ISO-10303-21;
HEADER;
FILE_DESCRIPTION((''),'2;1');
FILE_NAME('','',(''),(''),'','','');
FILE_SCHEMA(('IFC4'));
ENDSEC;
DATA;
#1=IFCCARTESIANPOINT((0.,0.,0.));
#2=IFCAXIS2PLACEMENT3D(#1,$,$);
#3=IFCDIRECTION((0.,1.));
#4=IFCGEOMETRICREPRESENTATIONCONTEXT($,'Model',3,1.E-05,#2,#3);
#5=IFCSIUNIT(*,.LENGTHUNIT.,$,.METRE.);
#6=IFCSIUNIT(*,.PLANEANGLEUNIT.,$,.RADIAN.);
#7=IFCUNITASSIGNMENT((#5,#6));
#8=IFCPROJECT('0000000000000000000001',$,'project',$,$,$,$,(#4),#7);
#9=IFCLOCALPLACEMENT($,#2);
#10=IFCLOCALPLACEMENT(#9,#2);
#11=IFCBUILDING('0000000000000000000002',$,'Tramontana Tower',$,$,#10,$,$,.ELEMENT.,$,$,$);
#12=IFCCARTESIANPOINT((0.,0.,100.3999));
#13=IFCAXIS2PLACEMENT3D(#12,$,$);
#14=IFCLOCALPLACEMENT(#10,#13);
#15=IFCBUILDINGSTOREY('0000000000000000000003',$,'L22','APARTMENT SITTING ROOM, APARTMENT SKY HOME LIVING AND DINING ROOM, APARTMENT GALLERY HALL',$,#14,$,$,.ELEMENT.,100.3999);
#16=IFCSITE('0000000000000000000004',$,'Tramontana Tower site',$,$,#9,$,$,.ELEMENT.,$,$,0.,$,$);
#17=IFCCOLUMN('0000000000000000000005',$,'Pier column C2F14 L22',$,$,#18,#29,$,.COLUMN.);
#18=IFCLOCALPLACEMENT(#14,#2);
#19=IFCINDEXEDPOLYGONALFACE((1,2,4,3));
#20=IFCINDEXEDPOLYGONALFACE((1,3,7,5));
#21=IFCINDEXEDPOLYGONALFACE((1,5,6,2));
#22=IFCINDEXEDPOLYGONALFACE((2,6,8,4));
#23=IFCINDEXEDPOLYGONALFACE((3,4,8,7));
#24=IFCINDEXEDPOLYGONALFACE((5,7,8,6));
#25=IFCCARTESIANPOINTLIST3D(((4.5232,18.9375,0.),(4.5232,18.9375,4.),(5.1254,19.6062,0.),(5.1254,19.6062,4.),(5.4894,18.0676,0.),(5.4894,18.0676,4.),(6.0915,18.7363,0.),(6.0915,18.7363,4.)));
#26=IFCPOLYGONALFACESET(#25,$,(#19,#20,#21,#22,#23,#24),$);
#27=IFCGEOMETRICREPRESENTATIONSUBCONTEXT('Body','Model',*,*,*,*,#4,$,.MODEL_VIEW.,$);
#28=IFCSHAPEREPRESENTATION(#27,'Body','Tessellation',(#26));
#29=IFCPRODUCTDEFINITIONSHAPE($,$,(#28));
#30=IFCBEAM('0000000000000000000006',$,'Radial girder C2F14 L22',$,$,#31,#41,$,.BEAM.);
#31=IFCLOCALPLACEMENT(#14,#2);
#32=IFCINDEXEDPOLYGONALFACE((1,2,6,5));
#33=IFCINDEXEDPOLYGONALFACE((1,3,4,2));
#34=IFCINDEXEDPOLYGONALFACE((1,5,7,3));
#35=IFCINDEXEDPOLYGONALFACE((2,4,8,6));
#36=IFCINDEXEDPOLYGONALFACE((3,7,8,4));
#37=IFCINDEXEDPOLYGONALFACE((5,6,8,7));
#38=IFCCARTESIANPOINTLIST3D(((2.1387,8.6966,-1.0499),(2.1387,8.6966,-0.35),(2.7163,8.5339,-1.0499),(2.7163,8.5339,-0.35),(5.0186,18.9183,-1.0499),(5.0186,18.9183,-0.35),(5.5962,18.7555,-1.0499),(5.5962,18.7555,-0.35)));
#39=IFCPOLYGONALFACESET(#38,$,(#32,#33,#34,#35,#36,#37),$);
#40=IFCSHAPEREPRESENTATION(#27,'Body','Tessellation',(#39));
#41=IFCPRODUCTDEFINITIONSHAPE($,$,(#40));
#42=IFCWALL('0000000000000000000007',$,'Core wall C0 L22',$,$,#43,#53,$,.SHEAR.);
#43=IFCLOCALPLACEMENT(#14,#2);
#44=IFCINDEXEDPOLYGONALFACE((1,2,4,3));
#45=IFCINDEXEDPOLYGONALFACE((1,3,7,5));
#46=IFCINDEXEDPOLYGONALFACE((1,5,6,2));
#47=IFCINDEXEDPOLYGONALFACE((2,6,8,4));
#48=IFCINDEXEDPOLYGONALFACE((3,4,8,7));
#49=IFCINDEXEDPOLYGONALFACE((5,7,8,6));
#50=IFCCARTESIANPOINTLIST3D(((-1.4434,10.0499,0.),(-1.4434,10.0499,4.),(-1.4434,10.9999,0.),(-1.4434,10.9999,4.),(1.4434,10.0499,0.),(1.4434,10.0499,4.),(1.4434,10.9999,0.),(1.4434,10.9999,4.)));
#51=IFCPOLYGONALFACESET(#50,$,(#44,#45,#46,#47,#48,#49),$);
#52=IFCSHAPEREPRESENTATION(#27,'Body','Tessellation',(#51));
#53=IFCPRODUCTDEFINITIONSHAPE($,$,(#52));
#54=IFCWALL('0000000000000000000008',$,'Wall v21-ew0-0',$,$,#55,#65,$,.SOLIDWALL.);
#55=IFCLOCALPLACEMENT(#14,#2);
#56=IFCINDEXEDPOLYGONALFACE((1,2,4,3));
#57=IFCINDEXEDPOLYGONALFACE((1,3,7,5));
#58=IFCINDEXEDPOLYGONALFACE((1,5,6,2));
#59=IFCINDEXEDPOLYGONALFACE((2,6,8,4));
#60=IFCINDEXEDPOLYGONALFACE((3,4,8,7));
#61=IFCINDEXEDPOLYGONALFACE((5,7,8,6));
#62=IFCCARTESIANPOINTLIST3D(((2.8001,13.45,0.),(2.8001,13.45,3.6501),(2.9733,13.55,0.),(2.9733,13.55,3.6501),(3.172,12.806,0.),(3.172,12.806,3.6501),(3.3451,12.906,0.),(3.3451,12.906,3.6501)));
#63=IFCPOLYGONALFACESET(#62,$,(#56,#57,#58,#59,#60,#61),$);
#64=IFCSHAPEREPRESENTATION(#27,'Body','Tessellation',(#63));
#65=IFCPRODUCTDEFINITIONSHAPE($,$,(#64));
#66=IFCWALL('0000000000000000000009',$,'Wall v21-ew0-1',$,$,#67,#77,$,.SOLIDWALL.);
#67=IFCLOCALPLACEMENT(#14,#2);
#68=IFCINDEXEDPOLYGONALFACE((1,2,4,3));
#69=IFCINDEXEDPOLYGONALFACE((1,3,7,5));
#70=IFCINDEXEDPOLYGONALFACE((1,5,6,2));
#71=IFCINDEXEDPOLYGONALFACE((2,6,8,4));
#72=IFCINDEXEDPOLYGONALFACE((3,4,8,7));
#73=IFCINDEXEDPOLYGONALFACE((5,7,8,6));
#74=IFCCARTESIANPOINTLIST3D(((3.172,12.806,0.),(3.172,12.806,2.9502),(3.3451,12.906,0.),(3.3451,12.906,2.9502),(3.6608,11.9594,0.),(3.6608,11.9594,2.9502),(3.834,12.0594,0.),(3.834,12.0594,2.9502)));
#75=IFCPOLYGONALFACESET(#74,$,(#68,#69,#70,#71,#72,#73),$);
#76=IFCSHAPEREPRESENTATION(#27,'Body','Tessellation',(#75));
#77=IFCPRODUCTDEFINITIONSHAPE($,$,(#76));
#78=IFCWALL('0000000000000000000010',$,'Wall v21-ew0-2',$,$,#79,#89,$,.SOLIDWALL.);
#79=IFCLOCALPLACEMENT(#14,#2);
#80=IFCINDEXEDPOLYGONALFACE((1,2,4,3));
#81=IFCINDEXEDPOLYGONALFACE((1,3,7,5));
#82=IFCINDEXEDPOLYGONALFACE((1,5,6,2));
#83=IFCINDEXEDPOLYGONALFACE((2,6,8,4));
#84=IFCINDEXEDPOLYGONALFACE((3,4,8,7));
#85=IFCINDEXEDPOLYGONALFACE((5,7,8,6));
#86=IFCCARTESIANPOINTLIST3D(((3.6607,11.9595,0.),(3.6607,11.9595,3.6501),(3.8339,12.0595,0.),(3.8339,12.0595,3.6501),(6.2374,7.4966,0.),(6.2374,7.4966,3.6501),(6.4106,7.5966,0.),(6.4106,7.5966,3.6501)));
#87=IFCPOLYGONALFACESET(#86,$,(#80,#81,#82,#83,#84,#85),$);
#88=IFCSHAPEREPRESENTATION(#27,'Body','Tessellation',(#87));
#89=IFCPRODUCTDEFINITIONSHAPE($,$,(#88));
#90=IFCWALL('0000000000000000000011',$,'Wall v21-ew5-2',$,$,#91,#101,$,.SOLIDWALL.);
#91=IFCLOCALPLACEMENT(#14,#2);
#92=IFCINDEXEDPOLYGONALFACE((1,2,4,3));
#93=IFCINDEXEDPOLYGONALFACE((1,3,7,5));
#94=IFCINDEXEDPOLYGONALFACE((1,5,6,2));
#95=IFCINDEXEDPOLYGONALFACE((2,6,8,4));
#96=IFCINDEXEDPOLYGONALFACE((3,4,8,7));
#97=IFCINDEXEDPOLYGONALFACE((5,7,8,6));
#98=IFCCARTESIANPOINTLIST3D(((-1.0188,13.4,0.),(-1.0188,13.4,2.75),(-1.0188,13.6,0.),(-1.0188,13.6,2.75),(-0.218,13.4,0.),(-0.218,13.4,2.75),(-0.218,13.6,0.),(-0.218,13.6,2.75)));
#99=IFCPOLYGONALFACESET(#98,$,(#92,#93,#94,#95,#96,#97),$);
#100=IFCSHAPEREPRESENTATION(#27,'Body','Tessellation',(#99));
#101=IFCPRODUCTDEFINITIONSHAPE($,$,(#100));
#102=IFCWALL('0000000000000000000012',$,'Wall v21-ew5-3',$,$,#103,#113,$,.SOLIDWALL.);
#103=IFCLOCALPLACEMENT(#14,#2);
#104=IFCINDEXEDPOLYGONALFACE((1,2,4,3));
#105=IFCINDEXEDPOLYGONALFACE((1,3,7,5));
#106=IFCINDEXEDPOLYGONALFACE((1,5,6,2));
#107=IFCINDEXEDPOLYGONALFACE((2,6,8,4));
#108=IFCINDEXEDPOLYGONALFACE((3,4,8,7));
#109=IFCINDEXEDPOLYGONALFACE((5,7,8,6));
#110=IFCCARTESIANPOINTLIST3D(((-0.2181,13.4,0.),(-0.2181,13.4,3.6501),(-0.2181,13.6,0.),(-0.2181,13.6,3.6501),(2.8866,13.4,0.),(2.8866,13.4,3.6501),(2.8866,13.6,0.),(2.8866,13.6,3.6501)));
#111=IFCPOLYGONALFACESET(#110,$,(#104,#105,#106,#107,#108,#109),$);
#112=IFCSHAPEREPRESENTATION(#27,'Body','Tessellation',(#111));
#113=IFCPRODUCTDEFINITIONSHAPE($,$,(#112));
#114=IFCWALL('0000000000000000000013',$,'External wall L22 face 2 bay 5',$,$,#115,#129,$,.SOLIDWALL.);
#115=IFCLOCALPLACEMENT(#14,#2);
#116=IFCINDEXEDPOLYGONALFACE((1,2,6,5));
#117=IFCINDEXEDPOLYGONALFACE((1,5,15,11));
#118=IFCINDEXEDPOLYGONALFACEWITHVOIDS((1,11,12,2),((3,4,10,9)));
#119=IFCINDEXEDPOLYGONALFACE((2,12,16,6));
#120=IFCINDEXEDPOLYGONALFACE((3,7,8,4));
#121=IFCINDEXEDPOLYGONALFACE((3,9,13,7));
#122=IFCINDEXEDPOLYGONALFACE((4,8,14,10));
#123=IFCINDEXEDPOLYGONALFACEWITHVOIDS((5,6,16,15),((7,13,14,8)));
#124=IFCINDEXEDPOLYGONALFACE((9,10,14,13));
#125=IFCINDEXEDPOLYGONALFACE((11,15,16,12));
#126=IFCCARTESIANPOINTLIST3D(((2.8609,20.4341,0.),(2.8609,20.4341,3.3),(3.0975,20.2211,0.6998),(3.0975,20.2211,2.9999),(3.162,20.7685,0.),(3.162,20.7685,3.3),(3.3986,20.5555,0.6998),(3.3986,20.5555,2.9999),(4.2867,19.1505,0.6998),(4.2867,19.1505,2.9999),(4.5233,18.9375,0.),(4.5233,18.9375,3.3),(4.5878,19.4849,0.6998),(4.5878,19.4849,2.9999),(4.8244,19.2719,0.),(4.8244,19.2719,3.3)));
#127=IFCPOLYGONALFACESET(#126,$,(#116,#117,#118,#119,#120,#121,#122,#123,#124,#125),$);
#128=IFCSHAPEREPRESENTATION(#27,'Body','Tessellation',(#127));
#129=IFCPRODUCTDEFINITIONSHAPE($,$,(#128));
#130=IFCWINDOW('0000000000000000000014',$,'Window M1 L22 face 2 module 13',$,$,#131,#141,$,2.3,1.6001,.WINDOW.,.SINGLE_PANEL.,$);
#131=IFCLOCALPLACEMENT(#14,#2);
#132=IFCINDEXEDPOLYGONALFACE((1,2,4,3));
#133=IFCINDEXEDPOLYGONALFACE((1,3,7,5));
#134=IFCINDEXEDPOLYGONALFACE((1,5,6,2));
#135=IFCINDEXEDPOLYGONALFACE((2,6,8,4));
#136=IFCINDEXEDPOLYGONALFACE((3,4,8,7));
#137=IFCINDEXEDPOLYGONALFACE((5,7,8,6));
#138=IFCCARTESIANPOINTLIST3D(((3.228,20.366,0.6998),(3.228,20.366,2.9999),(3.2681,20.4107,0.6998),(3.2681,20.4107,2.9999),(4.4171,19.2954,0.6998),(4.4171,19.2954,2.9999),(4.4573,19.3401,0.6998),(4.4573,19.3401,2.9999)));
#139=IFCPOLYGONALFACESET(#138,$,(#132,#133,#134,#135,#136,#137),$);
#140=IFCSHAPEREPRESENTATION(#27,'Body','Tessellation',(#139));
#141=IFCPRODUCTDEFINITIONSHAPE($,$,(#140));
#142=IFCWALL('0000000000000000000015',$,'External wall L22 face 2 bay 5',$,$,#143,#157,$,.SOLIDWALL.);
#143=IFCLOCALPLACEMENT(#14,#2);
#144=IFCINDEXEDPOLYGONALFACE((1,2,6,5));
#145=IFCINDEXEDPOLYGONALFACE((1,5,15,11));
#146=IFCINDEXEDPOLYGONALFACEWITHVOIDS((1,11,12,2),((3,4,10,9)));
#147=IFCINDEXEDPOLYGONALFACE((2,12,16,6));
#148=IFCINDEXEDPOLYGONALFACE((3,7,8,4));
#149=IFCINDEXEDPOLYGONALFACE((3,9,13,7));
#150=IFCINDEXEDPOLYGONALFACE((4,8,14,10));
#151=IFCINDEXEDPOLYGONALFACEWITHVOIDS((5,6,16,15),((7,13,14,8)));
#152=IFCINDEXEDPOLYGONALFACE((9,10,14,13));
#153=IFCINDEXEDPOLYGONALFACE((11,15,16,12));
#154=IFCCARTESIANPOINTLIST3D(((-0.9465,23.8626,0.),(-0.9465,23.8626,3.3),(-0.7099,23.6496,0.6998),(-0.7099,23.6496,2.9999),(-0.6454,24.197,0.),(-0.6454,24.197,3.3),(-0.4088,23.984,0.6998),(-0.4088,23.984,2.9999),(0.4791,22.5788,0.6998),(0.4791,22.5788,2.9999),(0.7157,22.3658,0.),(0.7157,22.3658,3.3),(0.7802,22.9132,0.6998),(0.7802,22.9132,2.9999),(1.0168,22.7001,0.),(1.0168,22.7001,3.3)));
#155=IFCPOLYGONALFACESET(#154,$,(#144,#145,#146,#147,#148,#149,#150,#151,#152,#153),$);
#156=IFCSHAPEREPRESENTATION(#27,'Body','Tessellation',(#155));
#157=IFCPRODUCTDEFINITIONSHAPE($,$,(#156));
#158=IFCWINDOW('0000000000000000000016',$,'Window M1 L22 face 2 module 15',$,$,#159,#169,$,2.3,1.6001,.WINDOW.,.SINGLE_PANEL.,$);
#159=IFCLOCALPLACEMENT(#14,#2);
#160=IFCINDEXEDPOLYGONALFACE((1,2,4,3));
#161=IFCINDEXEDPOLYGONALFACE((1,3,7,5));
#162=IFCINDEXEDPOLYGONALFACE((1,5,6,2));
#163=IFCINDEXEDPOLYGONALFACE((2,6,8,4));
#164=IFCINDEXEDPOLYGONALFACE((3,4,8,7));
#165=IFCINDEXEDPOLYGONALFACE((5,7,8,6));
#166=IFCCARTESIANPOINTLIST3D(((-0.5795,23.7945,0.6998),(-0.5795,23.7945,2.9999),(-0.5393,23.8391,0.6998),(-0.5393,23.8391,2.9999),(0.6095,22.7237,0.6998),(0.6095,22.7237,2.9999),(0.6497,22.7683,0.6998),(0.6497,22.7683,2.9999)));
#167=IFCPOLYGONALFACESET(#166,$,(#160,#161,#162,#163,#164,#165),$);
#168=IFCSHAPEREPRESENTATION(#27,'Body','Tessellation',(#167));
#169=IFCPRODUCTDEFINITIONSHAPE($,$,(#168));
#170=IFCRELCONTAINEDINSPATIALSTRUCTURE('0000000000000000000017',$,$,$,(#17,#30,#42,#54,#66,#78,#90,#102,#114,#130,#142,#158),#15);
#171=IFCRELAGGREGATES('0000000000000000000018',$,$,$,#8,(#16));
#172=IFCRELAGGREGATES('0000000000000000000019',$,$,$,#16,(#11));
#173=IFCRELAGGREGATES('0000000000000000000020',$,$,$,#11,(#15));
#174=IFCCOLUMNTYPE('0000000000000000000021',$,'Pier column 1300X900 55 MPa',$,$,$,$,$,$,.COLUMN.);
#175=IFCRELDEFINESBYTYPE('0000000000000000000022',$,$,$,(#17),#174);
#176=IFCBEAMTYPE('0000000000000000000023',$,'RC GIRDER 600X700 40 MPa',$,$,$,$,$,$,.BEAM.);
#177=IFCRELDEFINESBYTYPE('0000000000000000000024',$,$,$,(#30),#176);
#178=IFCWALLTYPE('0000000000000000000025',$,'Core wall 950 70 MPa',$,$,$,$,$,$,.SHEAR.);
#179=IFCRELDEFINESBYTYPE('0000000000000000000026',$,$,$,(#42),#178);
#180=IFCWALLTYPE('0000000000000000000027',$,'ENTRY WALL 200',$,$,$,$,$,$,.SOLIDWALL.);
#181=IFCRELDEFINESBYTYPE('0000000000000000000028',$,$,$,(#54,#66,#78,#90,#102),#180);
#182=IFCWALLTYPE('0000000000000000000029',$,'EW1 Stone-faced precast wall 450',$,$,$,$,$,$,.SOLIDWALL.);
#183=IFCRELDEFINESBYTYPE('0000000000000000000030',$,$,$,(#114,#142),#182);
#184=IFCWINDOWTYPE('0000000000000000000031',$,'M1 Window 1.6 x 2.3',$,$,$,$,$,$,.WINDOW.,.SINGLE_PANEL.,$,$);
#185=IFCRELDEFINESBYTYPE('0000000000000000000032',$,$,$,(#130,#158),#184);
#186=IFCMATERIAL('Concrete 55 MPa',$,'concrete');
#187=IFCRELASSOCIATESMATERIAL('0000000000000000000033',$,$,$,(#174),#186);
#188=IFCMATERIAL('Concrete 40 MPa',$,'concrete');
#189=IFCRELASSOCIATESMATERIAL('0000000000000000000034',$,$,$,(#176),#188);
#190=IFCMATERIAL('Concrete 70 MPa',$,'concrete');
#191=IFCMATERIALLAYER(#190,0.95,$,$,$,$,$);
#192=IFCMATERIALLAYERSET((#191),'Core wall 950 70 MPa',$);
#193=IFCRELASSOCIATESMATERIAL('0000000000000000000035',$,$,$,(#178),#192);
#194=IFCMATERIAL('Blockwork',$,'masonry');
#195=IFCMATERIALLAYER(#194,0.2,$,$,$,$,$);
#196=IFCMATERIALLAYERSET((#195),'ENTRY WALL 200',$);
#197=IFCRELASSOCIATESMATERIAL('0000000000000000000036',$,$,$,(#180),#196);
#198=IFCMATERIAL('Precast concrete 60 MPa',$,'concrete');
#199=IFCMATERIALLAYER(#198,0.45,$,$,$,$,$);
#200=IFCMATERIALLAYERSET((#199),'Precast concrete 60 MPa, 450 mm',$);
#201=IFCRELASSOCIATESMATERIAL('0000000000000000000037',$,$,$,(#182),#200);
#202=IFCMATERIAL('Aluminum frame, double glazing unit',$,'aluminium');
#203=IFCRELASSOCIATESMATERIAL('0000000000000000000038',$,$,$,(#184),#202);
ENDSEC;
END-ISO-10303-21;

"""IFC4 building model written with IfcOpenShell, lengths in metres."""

from ifc_helpers import new_model, si_unit, direction, frame, frame_2d, origin, origin_2d, place, context, subcontext, project, spatial, rectangle, extrude, material, layer, layer_set, material_profile, profile_set, type_object, element, fill, save


model = new_model("IFC4")

# Units and contexts
model_context = context("Model", 3, precision=1e-05, world=origin(), true_north=direction((0.0, 1.0)))
body_context = subcontext(model_context, "Body", "Model", "MODEL_VIEW")
ifc_project = project(units=[si_unit("LENGTHUNIT", "METRE"), si_unit("PLANEANGLEUNIT", "RADIAN")], contexts=[model_context])

# Site, building, storey
site_placement = place(None, origin())
site = spatial("IfcSite", under=ifc_project, at=site_placement, Name="Tramontana Tower site", CompositionType="ELEMENT", RefElevation=0.0)
building_placement = place(site_placement, origin())
building = spatial("IfcBuilding", under=site, at=building_placement, Name="Tramontana Tower", CompositionType="ELEMENT")
storey_placement = place(building_placement, frame((0.0, 0.0, 100.3999)))
storey = spatial("IfcBuildingStorey", under=building, at=storey_placement, Name="L22", Description="APARTMENT SITTING ROOM, APARTMENT SKY HOME LIVING AND DINING ROOM, APARTMENT GALLERY HALL", CompositionType="ELEMENT", Elevation=100.3999)

# Column
ifc_material_1 = material(Name="Concrete 55 MPa", Category="concrete")
ifc_material_profile_1 = material_profile(ifc_material_1, rectangle(XDim=1.3, YDim=0.8999, at=origin_2d()), Name="Pier column 1300X900 55 MPa")
ifc_profile_set_1 = profile_set([ifc_material_profile_1], Name="Concrete 55 MPa")
column_type = type_object("IfcColumnType", Name="Pier column 1300X900 55 MPa", PredefinedType="COLUMN", material=ifc_profile_set_1)
column_placement = place(storey_placement, frame((5.3074, 18.8369, 0.0), z_axis=(0.0, 0.0, 1.0), x_axis=(-0.743145, 0.669131, 0.0)))
element("IfcColumn", 1, at=column_placement, inside=storey, type_object=column_type, Name="Pier column C2F14 L22", PredefinedType="COLUMN", context=body_context, shape_type="SweptSolid", body=[
    extrude(rectangle(XDim=1.3, YDim=0.8999, at=origin_2d()), origin(), (0.0, 0.0, 1.0), 4.0),
])

# Beam
ifc_material_2 = material(Name="Concrete 40 MPa", Category="concrete")
ifc_material_profile_2 = material_profile(ifc_material_2, rectangle(XDim=0.6001, YDim=0.7, at=origin_2d()), Name="RC GIRDER 600X700 40 MPa")
ifc_profile_set_2 = profile_set([ifc_material_profile_2], Name="Concrete 40 MPa")
beam_type = type_object("IfcBeamType", Name="RC GIRDER 600X700 40 MPa", PredefinedType="BEAM", material=ifc_profile_set_2)
beam_placement = place(storey_placement, frame((5.3074, 18.8369, -0.7), z_axis=(-0.271185, -0.962527, 0.0), x_axis=(0.962527, -0.271185, 0.0)))
element("IfcBeam", 2, at=beam_placement, inside=storey, type_object=beam_type, Name="Radial girder C2F14 L22", PredefinedType="BEAM", context=body_context, shape_type="SweptSolid", body=[
    extrude(rectangle(XDim=0.6001, YDim=0.7, at=origin_2d()), origin(), (0.0, 0.0, 1.0), 10.6196),
])

# Walls
ifc_material_3 = material(Name="Concrete 70 MPa", Category="concrete")
ifc_layer_1 = layer(ifc_material_3, 0.95)
ifc_layer_set_1 = layer_set([ifc_layer_1], Name="Core wall 950 70 MPa")
wall_type_1 = type_object("IfcWallType", Name="Core wall 950 70 MPa", PredefinedType="SHEAR", material=ifc_layer_set_1)
wall_1_placement = place(storey_placement, frame((1.4434, 10.5249, 0.0), z_axis=(0.0, 0.0, 1.0), x_axis=(-1.0, 0.0, 0.0)))
element("IfcWall", 3, at=wall_1_placement, inside=storey, type_object=wall_type_1, Name="Core wall C0 L22", PredefinedType="SHEAR", context=body_context, shape_type="SweptSolid", body=[
    extrude(rectangle(XDim=2.8867, YDim=0.95, at=frame_2d((1.4434, 0.0))), origin(), (0.0, 0.0, 1.0), 4.0),
])
ifc_material_4 = material(Name="Blockwork", Category="masonry")
ifc_layer_2 = layer(ifc_material_4, 0.2)
ifc_layer_set_2 = layer_set([ifc_layer_2], Name="ENTRY WALL 200")
wall_type_2 = type_object("IfcWallType", Name="ENTRY WALL 200", PredefinedType="SOLIDWALL", material=ifc_layer_set_2)
wall_2_placement = place(storey_placement, frame((2.8867, 13.5, 0.0), z_axis=(0.0, 0.0, 1.0), x_axis=(0.499988, -0.866033, 0.0)))
element("IfcWall", 4, at=wall_2_placement, inside=storey, type_object=wall_type_2, Name="Wall v21-ew0-0", PredefinedType="SOLIDWALL", context=body_context, shape_type="SweptSolid", body=[
    extrude(rectangle(XDim=0.7437, YDim=0.2, at=frame_2d((0.3718, 0.0))), origin(), (0.0, 0.0, 1.0), 3.6501),
])
wall_3_placement = place(storey_placement, frame((3.2585, 12.856, 0.0), z_axis=(0.0, 0.0, 1.0), x_axis=(0.500061, -0.86599, 0.0)))
element("IfcWall", 5, at=wall_3_placement, inside=storey, type_object=wall_type_2, Name="Wall v21-ew0-1", PredefinedType="SOLIDWALL", context=body_context, shape_type="SweptSolid", body=[
    extrude(rectangle(XDim=0.9775, YDim=0.2, at=frame_2d((0.4888, 0.0))), origin(), (0.0, 0.0, 1.0), 2.9502),
])
wall_4_placement = place(storey_placement, frame((3.7473, 12.0095, 0.0), z_axis=(0.0, 0.0, 1.0), x_axis=(0.500001, -0.866025, 0.0)))
element("IfcWall", 6, at=wall_4_placement, inside=storey, type_object=wall_type_2, Name="Wall v21-ew0-2", PredefinedType="SOLIDWALL", context=body_context, shape_type="SweptSolid", body=[
    extrude(rectangle(XDim=5.1533, YDim=0.2, at=frame_2d((2.5767, 0.0))), origin(), (0.0, 0.0, 1.0), 3.6501),
])
wall_5_placement = place(storey_placement, frame((-1.0188, 13.5, 0.0), z_axis=(0.0, 0.0, 1.0), x_axis=(1.0, 0.0, 0.0)))
element("IfcWall", 7, at=wall_5_placement, inside=storey, type_object=wall_type_2, Name="Wall v21-ew5-2", PredefinedType="SOLIDWALL", context=body_context, shape_type="SweptSolid", body=[
    extrude(rectangle(XDim=0.8008, YDim=0.2, at=frame_2d((0.4004, 0.0))), origin(), (0.0, 0.0, 1.0), 2.75),
])
wall_6_placement = place(storey_placement, frame((-0.218, 13.5, 0.0), z_axis=(0.0, 0.0, 1.0), x_axis=(1.0, 0.0, 0.0)))
element("IfcWall", 8, at=wall_6_placement, inside=storey, type_object=wall_type_2, Name="Wall v21-ew5-3", PredefinedType="SOLIDWALL", context=body_context, shape_type="SweptSolid", body=[
    extrude(rectangle(XDim=3.1047, YDim=0.2, at=frame_2d((1.5522, 0.0))), origin(), (0.0, 0.0, 1.0), 3.6501),
])

# Walls, openings, windows
ifc_material_5 = material(Name="Precast concrete 60 MPa", Category="concrete")
ifc_layer_3 = layer(ifc_material_5, 0.45)
ifc_layer_set_3 = layer_set([ifc_layer_3], Name="Precast concrete 60 MPa, 450 mm")
wall_type_3 = type_object("IfcWallType", Name="EW1 Stone-faced precast wall 450", PredefinedType="SOLIDWALL", material=ifc_layer_set_3)
wall_7_placement = place(storey_placement, frame((4.6738, 19.1047, 0.0), z_axis=(0.0, 0.0, 1.0), x_axis=(-0.743191, 0.669079, 0.0)))
wall_7 = element("IfcWall", 9, at=wall_7_placement, inside=storey, type_object=wall_type_3, Name="External wall L22 face 2 bay 5", PredefinedType="SOLIDWALL", context=body_context, shape_type="SweptSolid", body=[
    extrude(rectangle(XDim=2.2368, YDim=0.45, at=frame_2d((1.1184, 0.0))), origin(), (0.0, 0.0, 1.0), 3.3),
])
opening_1_placement = place(wall_7_placement, frame((0.3184, 0.0, 0.7)))
opening_1 = element("IfcOpeningElement", 10, at=opening_1_placement, cuts=wall_7, PredefinedType="OPENING", context=body_context, shape_type="SweptSolid", body=[
    extrude(rectangle(XDim=1.6001, YDim=2.3, at=frame_2d((0.8, 1.1499))), frame((0.0, 0.2349, 0.0), z_axis=(0.0, -1.0, 0.0), x_axis=(1.0, 0.0, 0.0)), (0.0, 0.0, 1.0), 0.47),
])
ifc_material_6 = material(Name="Aluminum frame, double glazing unit", Category="aluminium")
window_type = type_object("IfcWindowType", Name="M1 Window 1.6 x 2.3", PartitioningType="SINGLE_PANEL", PredefinedType="WINDOW", material=ifc_material_6)
window_1_placement = place(opening_1_placement, origin())
window_1 = element("IfcWindow", 11, at=window_1_placement, inside=storey, type_object=window_type, Name="Window M1 L22 face 2 module 13", OverallHeight=2.3, OverallWidth=1.6001, PartitioningType="SINGLE_PANEL", PredefinedType="WINDOW", context=body_context, shape_type="SweptSolid", body=[
    extrude(rectangle(XDim=1.6001, YDim=2.3, at=frame_2d((0.8, 1.1499))), frame((0.0, 0.03, 0.0), z_axis=(0.0, -1.0, 0.0), x_axis=(1.0, 0.0, 0.0)), (0.0, 0.0, 1.0), 0.0601),
])
fill(opening_1, window_1)
wall_8_placement = place(storey_placement, frame((0.8662, 22.533, 0.0), z_axis=(0.0, 0.0, 1.0), x_axis=(-0.743088, 0.669194, 0.0)))
wall_8 = element("IfcWall", 12, at=wall_8_placement, inside=storey, type_object=wall_type_3, Name="External wall L22 face 2 bay 5", PredefinedType="SOLIDWALL", context=body_context, shape_type="SweptSolid", body=[
    extrude(rectangle(XDim=2.2368, YDim=0.45, at=frame_2d((1.1184, 0.0))), origin(), (0.0, 0.0, 1.0), 3.3),
])
opening_2_placement = place(wall_8_placement, frame((0.3184, 0.0, 0.7)))
opening_2 = element("IfcOpeningElement", 13, at=opening_2_placement, cuts=wall_8, PredefinedType="OPENING", context=body_context, shape_type="SweptSolid", body=[
    extrude(rectangle(XDim=1.6001, YDim=2.3, at=frame_2d((0.8, 1.1499))), frame((0.0, 0.2349, 0.0), z_axis=(0.0, -1.0, 0.0), x_axis=(1.0, 0.0, 0.0)), (0.0, 0.0, 1.0), 0.47),
])
window_2_placement = place(opening_2_placement, origin())
window_2 = element("IfcWindow", 14, at=window_2_placement, inside=storey, type_object=window_type, Name="Window M1 L22 face 2 module 15", OverallHeight=2.3, OverallWidth=1.6001, PartitioningType="SINGLE_PANEL", PredefinedType="WINDOW", context=body_context, shape_type="SweptSolid", body=[
    extrude(rectangle(XDim=1.6001, YDim=2.3, at=frame_2d((0.8, 1.1499))), frame((0.0, 0.03, 0.0), z_axis=(0.0, -1.0, 0.0), x_axis=(1.0, 0.0, 0.0)), (0.0, 0.0, 1.0), 0.0601),
])
fill(opening_2, window_2)

save(model, "model.ifc")
